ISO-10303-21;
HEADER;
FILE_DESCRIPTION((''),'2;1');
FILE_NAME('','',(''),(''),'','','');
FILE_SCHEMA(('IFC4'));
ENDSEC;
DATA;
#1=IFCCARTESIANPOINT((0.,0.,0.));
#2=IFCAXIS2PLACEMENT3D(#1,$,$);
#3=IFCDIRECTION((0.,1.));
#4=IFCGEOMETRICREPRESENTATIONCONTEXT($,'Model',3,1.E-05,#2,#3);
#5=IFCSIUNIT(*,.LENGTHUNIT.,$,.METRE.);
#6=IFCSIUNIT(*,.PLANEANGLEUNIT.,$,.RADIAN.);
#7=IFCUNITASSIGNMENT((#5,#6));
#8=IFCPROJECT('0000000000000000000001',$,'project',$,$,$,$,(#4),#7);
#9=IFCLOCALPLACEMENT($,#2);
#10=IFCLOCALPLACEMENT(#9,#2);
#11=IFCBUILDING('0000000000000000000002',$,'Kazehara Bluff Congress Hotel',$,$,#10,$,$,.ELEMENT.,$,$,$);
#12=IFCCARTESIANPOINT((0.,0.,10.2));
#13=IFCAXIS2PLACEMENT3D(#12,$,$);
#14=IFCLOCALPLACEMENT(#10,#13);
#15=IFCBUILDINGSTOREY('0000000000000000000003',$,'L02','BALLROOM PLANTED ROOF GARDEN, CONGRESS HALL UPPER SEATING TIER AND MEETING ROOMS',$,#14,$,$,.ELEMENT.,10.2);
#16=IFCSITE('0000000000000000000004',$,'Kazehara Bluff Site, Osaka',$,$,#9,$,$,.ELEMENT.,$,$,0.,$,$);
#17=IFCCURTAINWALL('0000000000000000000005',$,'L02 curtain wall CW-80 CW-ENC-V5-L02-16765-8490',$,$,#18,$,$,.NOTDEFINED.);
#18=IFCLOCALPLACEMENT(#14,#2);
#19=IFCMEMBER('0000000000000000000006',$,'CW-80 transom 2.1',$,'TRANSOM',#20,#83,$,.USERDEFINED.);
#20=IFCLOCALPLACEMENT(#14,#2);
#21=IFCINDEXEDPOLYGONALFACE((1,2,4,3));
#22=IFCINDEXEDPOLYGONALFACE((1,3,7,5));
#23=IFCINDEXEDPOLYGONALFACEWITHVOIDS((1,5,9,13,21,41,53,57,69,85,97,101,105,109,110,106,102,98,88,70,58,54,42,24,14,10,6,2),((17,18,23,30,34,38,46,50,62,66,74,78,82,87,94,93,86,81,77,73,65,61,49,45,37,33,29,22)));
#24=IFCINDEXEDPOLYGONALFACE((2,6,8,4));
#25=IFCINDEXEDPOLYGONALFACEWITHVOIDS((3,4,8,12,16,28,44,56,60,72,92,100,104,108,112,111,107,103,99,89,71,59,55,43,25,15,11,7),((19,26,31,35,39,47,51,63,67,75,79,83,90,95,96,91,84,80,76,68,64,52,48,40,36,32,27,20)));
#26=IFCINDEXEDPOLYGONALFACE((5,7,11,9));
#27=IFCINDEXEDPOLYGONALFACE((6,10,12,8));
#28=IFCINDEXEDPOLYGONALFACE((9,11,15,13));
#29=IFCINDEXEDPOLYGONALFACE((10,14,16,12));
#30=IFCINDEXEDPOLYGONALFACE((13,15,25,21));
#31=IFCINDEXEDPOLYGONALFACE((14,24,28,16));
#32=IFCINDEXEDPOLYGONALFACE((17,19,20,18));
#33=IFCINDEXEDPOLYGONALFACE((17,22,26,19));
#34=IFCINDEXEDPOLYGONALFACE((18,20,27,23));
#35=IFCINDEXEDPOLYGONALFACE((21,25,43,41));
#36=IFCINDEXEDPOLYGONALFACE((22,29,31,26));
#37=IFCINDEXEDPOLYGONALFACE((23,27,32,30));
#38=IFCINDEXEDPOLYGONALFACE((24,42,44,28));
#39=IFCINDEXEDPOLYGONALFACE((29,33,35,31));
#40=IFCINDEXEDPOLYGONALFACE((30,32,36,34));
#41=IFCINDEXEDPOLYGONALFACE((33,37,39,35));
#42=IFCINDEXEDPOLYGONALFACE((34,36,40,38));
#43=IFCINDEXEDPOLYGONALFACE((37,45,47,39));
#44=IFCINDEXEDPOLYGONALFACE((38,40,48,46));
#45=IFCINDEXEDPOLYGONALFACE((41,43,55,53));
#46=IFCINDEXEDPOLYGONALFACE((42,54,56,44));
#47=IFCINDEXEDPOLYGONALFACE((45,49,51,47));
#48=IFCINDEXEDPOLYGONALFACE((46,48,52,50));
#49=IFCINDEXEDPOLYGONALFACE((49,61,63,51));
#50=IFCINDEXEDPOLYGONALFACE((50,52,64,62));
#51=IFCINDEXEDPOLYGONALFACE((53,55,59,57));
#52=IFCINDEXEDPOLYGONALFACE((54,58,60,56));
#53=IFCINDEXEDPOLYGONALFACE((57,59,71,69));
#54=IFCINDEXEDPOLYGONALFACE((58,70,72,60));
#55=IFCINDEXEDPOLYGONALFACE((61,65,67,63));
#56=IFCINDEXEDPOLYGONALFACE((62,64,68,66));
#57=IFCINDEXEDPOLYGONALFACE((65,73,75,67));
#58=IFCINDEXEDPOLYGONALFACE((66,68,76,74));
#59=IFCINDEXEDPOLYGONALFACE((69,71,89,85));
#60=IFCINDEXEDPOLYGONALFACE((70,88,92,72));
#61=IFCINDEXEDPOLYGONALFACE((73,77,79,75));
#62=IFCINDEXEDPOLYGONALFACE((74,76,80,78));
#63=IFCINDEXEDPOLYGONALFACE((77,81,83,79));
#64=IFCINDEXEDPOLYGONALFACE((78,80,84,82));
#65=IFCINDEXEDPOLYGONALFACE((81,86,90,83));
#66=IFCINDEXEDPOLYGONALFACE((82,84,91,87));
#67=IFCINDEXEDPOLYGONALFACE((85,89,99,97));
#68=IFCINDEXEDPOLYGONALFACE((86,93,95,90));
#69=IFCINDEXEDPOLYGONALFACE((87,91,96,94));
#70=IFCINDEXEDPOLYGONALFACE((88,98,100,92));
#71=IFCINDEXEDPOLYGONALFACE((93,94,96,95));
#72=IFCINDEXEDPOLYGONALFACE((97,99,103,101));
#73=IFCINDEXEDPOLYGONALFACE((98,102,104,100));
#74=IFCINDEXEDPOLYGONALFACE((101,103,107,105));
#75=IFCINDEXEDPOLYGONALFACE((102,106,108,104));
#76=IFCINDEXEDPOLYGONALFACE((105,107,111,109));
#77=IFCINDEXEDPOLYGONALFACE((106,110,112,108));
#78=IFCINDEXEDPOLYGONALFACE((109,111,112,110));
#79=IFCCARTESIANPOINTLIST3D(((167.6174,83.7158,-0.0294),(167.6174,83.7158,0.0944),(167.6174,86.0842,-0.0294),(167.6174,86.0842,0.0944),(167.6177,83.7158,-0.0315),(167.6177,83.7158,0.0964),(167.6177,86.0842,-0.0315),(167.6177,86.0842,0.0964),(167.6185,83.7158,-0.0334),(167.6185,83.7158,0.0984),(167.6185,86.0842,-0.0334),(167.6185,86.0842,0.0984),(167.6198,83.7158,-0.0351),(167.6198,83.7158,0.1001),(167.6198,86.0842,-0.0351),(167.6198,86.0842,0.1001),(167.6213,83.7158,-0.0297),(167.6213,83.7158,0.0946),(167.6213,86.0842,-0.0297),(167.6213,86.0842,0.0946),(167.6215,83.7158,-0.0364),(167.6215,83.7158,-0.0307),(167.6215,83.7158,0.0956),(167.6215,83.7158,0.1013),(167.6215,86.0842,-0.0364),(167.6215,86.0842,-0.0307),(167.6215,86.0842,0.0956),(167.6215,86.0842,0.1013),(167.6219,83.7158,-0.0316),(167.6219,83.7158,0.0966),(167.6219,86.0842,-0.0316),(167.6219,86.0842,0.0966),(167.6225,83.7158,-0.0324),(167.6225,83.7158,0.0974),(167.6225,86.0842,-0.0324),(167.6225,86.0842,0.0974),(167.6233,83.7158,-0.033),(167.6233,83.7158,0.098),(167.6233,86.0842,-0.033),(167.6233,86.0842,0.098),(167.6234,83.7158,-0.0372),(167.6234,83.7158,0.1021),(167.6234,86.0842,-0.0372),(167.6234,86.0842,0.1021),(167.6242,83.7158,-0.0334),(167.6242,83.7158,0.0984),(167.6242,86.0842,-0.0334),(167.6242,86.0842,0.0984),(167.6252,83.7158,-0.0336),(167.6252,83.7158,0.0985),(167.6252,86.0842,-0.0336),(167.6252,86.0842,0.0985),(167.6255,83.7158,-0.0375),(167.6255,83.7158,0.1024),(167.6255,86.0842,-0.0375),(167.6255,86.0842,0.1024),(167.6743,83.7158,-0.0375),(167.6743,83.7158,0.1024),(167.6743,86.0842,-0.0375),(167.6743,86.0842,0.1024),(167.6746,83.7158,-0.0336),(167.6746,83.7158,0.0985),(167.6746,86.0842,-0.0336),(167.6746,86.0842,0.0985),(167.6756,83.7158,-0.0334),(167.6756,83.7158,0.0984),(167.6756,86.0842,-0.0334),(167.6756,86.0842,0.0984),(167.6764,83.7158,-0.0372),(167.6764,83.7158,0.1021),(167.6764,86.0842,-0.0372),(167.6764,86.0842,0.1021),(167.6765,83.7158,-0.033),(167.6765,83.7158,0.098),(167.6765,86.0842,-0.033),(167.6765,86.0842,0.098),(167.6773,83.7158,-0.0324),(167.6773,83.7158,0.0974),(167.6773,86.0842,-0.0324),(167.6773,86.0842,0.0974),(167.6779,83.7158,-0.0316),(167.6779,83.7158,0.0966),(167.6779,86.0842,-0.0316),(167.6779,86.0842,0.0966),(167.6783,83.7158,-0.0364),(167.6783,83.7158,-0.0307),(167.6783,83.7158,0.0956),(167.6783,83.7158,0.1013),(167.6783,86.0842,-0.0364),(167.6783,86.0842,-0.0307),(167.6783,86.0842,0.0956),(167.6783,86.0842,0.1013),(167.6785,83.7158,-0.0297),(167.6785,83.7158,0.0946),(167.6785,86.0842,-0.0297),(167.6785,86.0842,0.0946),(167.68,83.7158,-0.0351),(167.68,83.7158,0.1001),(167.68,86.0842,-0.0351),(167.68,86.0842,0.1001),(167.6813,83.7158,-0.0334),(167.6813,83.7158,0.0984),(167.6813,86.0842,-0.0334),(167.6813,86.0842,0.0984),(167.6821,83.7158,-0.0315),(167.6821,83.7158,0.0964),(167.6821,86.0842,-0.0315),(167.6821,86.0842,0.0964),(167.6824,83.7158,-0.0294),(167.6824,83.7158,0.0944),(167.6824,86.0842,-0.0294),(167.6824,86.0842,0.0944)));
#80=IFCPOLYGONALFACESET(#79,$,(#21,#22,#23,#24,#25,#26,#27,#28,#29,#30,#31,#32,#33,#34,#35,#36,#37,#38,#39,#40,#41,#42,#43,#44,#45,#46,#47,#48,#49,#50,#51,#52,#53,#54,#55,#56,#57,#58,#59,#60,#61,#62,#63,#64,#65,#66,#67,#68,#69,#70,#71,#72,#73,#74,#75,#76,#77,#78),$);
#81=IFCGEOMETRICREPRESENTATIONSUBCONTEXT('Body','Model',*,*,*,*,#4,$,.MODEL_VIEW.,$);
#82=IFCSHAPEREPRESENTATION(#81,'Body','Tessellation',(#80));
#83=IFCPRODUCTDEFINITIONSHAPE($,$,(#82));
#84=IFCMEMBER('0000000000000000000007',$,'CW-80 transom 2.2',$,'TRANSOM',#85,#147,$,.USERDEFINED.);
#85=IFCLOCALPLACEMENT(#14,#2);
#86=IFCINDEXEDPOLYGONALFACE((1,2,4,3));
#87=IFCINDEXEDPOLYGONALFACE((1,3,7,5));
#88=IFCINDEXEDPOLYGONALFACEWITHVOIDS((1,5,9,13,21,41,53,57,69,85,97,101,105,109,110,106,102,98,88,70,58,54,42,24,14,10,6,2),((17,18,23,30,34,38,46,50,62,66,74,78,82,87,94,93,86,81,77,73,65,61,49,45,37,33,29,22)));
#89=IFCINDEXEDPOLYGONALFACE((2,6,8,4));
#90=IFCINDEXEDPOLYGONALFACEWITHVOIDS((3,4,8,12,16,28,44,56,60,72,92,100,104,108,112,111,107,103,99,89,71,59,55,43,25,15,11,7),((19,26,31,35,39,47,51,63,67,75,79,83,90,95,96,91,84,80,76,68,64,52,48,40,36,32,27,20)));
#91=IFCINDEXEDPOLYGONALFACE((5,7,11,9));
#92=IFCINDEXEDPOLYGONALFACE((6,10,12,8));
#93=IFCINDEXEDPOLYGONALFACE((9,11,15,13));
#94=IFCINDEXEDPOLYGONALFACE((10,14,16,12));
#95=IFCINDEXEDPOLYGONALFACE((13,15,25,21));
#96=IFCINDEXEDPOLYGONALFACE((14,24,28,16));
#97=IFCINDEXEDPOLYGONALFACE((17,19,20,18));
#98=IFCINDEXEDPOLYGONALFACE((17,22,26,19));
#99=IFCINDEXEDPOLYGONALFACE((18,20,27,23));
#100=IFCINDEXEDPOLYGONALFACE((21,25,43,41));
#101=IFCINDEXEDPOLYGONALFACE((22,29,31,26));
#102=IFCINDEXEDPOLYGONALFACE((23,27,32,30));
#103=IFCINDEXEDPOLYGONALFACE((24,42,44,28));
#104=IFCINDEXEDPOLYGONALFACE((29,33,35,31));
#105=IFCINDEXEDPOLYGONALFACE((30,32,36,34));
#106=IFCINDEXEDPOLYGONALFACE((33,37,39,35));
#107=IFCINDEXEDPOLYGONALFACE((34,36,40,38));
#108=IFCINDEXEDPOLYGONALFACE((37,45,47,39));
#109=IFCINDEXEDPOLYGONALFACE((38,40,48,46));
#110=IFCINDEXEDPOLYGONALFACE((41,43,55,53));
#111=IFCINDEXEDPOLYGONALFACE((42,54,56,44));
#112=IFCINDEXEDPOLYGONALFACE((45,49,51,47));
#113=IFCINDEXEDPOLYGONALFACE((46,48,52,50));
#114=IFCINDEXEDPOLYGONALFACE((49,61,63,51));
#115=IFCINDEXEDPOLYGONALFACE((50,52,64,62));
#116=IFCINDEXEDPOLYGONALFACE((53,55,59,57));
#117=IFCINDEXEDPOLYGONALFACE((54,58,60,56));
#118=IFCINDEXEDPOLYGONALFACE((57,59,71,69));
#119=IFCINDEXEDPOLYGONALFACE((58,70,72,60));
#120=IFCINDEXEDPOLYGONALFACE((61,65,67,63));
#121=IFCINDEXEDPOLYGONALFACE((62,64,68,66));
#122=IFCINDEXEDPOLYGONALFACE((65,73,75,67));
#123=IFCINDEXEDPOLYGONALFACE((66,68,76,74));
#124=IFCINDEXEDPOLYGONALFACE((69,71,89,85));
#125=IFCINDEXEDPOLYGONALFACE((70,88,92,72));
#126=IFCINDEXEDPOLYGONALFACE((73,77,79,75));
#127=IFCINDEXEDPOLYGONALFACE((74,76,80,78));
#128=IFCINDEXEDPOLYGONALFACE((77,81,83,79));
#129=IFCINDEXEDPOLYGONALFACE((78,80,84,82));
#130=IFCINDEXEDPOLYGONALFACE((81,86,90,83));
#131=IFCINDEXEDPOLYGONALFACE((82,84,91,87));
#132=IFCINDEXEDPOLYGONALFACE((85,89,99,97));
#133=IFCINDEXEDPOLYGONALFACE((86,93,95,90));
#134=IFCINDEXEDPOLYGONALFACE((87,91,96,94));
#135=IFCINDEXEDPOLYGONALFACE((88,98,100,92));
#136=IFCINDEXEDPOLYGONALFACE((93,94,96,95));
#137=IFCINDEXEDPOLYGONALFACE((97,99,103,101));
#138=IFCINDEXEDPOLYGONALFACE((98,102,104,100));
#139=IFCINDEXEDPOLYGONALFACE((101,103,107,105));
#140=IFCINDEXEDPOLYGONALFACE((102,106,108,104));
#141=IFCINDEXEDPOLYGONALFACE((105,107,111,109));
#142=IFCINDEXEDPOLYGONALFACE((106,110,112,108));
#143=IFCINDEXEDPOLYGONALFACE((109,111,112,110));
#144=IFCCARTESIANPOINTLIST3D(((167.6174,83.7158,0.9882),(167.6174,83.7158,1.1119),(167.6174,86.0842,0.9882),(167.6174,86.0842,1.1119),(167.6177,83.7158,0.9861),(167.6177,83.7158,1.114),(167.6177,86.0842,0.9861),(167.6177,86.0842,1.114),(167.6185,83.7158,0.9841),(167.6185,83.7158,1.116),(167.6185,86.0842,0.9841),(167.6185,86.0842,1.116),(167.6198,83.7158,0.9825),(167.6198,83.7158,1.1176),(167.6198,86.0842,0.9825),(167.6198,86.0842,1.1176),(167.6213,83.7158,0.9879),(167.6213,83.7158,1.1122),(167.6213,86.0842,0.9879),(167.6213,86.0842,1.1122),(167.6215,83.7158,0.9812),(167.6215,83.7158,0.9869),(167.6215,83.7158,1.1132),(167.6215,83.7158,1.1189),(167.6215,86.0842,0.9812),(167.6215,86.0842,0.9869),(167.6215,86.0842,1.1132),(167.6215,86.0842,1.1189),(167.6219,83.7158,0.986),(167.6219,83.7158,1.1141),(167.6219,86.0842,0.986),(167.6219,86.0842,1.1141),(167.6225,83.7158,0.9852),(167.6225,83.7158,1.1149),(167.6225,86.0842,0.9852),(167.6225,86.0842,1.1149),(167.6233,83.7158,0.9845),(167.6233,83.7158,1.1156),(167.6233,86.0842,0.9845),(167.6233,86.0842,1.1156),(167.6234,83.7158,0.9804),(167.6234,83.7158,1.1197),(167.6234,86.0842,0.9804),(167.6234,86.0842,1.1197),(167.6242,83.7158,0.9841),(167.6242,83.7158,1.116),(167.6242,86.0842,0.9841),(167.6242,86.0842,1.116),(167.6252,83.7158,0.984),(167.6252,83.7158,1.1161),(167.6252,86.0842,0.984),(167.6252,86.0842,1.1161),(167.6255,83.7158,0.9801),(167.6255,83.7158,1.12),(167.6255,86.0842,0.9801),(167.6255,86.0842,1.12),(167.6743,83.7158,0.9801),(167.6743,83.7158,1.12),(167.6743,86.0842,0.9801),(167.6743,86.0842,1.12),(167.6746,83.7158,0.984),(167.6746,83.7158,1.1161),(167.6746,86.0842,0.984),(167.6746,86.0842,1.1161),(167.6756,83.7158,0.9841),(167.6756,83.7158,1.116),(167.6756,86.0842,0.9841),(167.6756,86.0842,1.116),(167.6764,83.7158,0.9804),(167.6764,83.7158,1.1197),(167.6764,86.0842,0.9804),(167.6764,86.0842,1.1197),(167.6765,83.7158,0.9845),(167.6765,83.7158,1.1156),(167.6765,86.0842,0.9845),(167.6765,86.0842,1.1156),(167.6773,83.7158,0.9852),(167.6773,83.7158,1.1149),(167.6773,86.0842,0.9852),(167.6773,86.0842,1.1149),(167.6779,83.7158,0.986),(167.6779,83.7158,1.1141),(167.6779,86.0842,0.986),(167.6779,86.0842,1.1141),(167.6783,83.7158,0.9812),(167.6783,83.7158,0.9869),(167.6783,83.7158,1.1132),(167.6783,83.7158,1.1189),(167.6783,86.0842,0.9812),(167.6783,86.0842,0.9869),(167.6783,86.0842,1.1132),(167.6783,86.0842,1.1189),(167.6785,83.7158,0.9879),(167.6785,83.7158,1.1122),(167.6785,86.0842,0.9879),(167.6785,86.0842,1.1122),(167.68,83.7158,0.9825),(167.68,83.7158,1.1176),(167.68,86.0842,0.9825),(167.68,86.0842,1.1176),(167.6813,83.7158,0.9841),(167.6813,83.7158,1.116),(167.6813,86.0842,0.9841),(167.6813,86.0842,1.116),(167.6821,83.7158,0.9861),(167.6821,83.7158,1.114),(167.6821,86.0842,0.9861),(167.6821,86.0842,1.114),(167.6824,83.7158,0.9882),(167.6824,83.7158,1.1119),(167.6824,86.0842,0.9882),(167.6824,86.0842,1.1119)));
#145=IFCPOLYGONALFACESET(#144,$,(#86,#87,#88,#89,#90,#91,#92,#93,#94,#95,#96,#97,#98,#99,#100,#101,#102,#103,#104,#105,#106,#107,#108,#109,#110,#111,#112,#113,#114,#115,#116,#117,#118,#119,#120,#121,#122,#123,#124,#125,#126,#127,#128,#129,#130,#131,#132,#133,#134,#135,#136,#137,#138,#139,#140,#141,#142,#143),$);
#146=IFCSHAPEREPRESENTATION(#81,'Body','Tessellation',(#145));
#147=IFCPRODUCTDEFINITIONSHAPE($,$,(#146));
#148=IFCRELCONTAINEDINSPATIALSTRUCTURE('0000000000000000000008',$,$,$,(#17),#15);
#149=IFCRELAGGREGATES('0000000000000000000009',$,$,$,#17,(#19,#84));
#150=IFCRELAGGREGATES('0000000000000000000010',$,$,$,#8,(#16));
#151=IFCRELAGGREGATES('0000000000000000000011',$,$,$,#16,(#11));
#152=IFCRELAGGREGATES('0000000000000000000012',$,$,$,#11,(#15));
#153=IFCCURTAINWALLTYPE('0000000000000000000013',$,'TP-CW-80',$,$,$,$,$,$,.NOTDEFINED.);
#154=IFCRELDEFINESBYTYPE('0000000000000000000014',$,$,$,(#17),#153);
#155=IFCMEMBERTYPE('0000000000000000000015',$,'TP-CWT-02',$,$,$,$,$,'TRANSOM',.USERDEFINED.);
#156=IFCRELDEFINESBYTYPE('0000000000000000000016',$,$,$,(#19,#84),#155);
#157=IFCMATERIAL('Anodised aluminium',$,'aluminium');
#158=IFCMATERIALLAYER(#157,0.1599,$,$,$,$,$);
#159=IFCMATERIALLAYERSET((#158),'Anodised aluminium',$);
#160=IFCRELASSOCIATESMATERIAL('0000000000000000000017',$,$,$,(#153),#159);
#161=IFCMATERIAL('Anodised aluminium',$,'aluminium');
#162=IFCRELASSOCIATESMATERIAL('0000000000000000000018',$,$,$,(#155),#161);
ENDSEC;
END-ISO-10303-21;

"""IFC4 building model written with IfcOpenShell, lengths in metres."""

from ifc_helpers import new_model, si_unit, direction, frame, origin, origin_2d, place, context, subcontext, project, spatial, hollow_rectangle, extrude, material, layer, layer_set, material_profile, profile_set, type_object, element, aggregate, save


model = new_model("IFC4")

# Units and contexts
model_context = context("Model", 3, precision=1e-05, world=origin(), true_north=direction((0.0, 1.0)))
body_context = subcontext(model_context, "Body", "Model", "MODEL_VIEW")
ifc_project = project(units=[si_unit("LENGTHUNIT", "METRE"), si_unit("PLANEANGLEUNIT", "RADIAN")], contexts=[model_context])

# Site, building, storey
site_placement = place(None, origin())
site = spatial("IfcSite", under=ifc_project, at=site_placement, Name="Kazehara Bluff Site, Osaka", CompositionType="ELEMENT", RefElevation=0.0)
building_placement = place(site_placement, origin())
building = spatial("IfcBuilding", under=site, at=building_placement, Name="Kazehara Bluff Congress Hotel", CompositionType="ELEMENT")
storey_placement = place(building_placement, frame((0.0, 0.0, 10.2)))
storey = spatial("IfcBuildingStorey", under=building, at=storey_placement, Name="L02", Description="BALLROOM PLANTED ROOF GARDEN, CONGRESS HALL UPPER SEATING TIER AND MEETING ROOMS", CompositionType="ELEMENT", Elevation=10.2)

# Curtain wall, members
ifc_material_1 = material(Name="Anodised aluminium", Category="aluminium")
ifc_layer_1 = layer(ifc_material_1, 0.1599)
ifc_layer_set_1 = layer_set([ifc_layer_1], Name="Anodised aluminium")
curtain_wall_type = type_object("IfcCurtainWallType", Name="TP-CW-80", PredefinedType="NOTDEFINED", material=ifc_layer_set_1)
curtain_wall_placement = place(storey_placement, origin())
curtain_wall = element("IfcCurtainWall", 1, at=curtain_wall_placement, inside=storey, type_object=curtain_wall_type, Name="L02 curtain wall CW-80 CW-ENC-V5-L02-16765-8490", PredefinedType="NOTDEFINED")
ifc_material_2 = material(Name="Anodised aluminium", Category="aluminium")
ifc_material_profile_1 = material_profile(ifc_material_2, hollow_rectangle(XDim=0.0649, YDim=0.1399, WallThickness=0.0039, InnerFilletRadius=0.0039, OuterFilletRadius=0.0081, at=origin_2d()))
ifc_profile_set_1 = profile_set([ifc_material_profile_1], Name="Anodised aluminium")
member_type_1 = type_object("IfcMemberType", Name="TP-CWT-02", ElementType="TRANSOM", PredefinedType="USERDEFINED", material=ifc_profile_set_1)
member_1_placement = place(storey_placement, frame((167.6499, 86.0842, 0.0325), z_axis=(0.0, -1.0, 0.0), x_axis=(1.0, 0.0, 0.0)))
member_1 = element("IfcMember", 2, at=member_1_placement, type_object=member_type_1, Name="CW-80 transom 2.1", ObjectType="TRANSOM", PredefinedType="USERDEFINED", context=body_context, shape_type="SweptSolid", body=[
    extrude(hollow_rectangle(XDim=0.0649, YDim=0.1399, WallThickness=0.0039, InnerFilletRadius=0.0039, OuterFilletRadius=0.0081, at=origin_2d()), origin(), (0.0, 0.0, 1.0), 2.3684),
])
member_2_placement = place(storey_placement, frame((167.6499, 86.0842, 1.05), z_axis=(0.0, -1.0, 0.0), x_axis=(1.0, 0.0, 0.0)))
member_2 = element("IfcMember", 3, at=member_2_placement, type_object=member_type_1, Name="CW-80 transom 2.2", ObjectType="TRANSOM", PredefinedType="USERDEFINED", context=body_context, shape_type="SweptSolid", body=[
    extrude(hollow_rectangle(XDim=0.0649, YDim=0.1399, WallThickness=0.0039, InnerFilletRadius=0.0039, OuterFilletRadius=0.0081, at=origin_2d()), origin(), (0.0, 0.0, 1.0), 2.3684),
])
aggregate(curtain_wall, [member_1, member_2])

save(model, "model.ifc")
